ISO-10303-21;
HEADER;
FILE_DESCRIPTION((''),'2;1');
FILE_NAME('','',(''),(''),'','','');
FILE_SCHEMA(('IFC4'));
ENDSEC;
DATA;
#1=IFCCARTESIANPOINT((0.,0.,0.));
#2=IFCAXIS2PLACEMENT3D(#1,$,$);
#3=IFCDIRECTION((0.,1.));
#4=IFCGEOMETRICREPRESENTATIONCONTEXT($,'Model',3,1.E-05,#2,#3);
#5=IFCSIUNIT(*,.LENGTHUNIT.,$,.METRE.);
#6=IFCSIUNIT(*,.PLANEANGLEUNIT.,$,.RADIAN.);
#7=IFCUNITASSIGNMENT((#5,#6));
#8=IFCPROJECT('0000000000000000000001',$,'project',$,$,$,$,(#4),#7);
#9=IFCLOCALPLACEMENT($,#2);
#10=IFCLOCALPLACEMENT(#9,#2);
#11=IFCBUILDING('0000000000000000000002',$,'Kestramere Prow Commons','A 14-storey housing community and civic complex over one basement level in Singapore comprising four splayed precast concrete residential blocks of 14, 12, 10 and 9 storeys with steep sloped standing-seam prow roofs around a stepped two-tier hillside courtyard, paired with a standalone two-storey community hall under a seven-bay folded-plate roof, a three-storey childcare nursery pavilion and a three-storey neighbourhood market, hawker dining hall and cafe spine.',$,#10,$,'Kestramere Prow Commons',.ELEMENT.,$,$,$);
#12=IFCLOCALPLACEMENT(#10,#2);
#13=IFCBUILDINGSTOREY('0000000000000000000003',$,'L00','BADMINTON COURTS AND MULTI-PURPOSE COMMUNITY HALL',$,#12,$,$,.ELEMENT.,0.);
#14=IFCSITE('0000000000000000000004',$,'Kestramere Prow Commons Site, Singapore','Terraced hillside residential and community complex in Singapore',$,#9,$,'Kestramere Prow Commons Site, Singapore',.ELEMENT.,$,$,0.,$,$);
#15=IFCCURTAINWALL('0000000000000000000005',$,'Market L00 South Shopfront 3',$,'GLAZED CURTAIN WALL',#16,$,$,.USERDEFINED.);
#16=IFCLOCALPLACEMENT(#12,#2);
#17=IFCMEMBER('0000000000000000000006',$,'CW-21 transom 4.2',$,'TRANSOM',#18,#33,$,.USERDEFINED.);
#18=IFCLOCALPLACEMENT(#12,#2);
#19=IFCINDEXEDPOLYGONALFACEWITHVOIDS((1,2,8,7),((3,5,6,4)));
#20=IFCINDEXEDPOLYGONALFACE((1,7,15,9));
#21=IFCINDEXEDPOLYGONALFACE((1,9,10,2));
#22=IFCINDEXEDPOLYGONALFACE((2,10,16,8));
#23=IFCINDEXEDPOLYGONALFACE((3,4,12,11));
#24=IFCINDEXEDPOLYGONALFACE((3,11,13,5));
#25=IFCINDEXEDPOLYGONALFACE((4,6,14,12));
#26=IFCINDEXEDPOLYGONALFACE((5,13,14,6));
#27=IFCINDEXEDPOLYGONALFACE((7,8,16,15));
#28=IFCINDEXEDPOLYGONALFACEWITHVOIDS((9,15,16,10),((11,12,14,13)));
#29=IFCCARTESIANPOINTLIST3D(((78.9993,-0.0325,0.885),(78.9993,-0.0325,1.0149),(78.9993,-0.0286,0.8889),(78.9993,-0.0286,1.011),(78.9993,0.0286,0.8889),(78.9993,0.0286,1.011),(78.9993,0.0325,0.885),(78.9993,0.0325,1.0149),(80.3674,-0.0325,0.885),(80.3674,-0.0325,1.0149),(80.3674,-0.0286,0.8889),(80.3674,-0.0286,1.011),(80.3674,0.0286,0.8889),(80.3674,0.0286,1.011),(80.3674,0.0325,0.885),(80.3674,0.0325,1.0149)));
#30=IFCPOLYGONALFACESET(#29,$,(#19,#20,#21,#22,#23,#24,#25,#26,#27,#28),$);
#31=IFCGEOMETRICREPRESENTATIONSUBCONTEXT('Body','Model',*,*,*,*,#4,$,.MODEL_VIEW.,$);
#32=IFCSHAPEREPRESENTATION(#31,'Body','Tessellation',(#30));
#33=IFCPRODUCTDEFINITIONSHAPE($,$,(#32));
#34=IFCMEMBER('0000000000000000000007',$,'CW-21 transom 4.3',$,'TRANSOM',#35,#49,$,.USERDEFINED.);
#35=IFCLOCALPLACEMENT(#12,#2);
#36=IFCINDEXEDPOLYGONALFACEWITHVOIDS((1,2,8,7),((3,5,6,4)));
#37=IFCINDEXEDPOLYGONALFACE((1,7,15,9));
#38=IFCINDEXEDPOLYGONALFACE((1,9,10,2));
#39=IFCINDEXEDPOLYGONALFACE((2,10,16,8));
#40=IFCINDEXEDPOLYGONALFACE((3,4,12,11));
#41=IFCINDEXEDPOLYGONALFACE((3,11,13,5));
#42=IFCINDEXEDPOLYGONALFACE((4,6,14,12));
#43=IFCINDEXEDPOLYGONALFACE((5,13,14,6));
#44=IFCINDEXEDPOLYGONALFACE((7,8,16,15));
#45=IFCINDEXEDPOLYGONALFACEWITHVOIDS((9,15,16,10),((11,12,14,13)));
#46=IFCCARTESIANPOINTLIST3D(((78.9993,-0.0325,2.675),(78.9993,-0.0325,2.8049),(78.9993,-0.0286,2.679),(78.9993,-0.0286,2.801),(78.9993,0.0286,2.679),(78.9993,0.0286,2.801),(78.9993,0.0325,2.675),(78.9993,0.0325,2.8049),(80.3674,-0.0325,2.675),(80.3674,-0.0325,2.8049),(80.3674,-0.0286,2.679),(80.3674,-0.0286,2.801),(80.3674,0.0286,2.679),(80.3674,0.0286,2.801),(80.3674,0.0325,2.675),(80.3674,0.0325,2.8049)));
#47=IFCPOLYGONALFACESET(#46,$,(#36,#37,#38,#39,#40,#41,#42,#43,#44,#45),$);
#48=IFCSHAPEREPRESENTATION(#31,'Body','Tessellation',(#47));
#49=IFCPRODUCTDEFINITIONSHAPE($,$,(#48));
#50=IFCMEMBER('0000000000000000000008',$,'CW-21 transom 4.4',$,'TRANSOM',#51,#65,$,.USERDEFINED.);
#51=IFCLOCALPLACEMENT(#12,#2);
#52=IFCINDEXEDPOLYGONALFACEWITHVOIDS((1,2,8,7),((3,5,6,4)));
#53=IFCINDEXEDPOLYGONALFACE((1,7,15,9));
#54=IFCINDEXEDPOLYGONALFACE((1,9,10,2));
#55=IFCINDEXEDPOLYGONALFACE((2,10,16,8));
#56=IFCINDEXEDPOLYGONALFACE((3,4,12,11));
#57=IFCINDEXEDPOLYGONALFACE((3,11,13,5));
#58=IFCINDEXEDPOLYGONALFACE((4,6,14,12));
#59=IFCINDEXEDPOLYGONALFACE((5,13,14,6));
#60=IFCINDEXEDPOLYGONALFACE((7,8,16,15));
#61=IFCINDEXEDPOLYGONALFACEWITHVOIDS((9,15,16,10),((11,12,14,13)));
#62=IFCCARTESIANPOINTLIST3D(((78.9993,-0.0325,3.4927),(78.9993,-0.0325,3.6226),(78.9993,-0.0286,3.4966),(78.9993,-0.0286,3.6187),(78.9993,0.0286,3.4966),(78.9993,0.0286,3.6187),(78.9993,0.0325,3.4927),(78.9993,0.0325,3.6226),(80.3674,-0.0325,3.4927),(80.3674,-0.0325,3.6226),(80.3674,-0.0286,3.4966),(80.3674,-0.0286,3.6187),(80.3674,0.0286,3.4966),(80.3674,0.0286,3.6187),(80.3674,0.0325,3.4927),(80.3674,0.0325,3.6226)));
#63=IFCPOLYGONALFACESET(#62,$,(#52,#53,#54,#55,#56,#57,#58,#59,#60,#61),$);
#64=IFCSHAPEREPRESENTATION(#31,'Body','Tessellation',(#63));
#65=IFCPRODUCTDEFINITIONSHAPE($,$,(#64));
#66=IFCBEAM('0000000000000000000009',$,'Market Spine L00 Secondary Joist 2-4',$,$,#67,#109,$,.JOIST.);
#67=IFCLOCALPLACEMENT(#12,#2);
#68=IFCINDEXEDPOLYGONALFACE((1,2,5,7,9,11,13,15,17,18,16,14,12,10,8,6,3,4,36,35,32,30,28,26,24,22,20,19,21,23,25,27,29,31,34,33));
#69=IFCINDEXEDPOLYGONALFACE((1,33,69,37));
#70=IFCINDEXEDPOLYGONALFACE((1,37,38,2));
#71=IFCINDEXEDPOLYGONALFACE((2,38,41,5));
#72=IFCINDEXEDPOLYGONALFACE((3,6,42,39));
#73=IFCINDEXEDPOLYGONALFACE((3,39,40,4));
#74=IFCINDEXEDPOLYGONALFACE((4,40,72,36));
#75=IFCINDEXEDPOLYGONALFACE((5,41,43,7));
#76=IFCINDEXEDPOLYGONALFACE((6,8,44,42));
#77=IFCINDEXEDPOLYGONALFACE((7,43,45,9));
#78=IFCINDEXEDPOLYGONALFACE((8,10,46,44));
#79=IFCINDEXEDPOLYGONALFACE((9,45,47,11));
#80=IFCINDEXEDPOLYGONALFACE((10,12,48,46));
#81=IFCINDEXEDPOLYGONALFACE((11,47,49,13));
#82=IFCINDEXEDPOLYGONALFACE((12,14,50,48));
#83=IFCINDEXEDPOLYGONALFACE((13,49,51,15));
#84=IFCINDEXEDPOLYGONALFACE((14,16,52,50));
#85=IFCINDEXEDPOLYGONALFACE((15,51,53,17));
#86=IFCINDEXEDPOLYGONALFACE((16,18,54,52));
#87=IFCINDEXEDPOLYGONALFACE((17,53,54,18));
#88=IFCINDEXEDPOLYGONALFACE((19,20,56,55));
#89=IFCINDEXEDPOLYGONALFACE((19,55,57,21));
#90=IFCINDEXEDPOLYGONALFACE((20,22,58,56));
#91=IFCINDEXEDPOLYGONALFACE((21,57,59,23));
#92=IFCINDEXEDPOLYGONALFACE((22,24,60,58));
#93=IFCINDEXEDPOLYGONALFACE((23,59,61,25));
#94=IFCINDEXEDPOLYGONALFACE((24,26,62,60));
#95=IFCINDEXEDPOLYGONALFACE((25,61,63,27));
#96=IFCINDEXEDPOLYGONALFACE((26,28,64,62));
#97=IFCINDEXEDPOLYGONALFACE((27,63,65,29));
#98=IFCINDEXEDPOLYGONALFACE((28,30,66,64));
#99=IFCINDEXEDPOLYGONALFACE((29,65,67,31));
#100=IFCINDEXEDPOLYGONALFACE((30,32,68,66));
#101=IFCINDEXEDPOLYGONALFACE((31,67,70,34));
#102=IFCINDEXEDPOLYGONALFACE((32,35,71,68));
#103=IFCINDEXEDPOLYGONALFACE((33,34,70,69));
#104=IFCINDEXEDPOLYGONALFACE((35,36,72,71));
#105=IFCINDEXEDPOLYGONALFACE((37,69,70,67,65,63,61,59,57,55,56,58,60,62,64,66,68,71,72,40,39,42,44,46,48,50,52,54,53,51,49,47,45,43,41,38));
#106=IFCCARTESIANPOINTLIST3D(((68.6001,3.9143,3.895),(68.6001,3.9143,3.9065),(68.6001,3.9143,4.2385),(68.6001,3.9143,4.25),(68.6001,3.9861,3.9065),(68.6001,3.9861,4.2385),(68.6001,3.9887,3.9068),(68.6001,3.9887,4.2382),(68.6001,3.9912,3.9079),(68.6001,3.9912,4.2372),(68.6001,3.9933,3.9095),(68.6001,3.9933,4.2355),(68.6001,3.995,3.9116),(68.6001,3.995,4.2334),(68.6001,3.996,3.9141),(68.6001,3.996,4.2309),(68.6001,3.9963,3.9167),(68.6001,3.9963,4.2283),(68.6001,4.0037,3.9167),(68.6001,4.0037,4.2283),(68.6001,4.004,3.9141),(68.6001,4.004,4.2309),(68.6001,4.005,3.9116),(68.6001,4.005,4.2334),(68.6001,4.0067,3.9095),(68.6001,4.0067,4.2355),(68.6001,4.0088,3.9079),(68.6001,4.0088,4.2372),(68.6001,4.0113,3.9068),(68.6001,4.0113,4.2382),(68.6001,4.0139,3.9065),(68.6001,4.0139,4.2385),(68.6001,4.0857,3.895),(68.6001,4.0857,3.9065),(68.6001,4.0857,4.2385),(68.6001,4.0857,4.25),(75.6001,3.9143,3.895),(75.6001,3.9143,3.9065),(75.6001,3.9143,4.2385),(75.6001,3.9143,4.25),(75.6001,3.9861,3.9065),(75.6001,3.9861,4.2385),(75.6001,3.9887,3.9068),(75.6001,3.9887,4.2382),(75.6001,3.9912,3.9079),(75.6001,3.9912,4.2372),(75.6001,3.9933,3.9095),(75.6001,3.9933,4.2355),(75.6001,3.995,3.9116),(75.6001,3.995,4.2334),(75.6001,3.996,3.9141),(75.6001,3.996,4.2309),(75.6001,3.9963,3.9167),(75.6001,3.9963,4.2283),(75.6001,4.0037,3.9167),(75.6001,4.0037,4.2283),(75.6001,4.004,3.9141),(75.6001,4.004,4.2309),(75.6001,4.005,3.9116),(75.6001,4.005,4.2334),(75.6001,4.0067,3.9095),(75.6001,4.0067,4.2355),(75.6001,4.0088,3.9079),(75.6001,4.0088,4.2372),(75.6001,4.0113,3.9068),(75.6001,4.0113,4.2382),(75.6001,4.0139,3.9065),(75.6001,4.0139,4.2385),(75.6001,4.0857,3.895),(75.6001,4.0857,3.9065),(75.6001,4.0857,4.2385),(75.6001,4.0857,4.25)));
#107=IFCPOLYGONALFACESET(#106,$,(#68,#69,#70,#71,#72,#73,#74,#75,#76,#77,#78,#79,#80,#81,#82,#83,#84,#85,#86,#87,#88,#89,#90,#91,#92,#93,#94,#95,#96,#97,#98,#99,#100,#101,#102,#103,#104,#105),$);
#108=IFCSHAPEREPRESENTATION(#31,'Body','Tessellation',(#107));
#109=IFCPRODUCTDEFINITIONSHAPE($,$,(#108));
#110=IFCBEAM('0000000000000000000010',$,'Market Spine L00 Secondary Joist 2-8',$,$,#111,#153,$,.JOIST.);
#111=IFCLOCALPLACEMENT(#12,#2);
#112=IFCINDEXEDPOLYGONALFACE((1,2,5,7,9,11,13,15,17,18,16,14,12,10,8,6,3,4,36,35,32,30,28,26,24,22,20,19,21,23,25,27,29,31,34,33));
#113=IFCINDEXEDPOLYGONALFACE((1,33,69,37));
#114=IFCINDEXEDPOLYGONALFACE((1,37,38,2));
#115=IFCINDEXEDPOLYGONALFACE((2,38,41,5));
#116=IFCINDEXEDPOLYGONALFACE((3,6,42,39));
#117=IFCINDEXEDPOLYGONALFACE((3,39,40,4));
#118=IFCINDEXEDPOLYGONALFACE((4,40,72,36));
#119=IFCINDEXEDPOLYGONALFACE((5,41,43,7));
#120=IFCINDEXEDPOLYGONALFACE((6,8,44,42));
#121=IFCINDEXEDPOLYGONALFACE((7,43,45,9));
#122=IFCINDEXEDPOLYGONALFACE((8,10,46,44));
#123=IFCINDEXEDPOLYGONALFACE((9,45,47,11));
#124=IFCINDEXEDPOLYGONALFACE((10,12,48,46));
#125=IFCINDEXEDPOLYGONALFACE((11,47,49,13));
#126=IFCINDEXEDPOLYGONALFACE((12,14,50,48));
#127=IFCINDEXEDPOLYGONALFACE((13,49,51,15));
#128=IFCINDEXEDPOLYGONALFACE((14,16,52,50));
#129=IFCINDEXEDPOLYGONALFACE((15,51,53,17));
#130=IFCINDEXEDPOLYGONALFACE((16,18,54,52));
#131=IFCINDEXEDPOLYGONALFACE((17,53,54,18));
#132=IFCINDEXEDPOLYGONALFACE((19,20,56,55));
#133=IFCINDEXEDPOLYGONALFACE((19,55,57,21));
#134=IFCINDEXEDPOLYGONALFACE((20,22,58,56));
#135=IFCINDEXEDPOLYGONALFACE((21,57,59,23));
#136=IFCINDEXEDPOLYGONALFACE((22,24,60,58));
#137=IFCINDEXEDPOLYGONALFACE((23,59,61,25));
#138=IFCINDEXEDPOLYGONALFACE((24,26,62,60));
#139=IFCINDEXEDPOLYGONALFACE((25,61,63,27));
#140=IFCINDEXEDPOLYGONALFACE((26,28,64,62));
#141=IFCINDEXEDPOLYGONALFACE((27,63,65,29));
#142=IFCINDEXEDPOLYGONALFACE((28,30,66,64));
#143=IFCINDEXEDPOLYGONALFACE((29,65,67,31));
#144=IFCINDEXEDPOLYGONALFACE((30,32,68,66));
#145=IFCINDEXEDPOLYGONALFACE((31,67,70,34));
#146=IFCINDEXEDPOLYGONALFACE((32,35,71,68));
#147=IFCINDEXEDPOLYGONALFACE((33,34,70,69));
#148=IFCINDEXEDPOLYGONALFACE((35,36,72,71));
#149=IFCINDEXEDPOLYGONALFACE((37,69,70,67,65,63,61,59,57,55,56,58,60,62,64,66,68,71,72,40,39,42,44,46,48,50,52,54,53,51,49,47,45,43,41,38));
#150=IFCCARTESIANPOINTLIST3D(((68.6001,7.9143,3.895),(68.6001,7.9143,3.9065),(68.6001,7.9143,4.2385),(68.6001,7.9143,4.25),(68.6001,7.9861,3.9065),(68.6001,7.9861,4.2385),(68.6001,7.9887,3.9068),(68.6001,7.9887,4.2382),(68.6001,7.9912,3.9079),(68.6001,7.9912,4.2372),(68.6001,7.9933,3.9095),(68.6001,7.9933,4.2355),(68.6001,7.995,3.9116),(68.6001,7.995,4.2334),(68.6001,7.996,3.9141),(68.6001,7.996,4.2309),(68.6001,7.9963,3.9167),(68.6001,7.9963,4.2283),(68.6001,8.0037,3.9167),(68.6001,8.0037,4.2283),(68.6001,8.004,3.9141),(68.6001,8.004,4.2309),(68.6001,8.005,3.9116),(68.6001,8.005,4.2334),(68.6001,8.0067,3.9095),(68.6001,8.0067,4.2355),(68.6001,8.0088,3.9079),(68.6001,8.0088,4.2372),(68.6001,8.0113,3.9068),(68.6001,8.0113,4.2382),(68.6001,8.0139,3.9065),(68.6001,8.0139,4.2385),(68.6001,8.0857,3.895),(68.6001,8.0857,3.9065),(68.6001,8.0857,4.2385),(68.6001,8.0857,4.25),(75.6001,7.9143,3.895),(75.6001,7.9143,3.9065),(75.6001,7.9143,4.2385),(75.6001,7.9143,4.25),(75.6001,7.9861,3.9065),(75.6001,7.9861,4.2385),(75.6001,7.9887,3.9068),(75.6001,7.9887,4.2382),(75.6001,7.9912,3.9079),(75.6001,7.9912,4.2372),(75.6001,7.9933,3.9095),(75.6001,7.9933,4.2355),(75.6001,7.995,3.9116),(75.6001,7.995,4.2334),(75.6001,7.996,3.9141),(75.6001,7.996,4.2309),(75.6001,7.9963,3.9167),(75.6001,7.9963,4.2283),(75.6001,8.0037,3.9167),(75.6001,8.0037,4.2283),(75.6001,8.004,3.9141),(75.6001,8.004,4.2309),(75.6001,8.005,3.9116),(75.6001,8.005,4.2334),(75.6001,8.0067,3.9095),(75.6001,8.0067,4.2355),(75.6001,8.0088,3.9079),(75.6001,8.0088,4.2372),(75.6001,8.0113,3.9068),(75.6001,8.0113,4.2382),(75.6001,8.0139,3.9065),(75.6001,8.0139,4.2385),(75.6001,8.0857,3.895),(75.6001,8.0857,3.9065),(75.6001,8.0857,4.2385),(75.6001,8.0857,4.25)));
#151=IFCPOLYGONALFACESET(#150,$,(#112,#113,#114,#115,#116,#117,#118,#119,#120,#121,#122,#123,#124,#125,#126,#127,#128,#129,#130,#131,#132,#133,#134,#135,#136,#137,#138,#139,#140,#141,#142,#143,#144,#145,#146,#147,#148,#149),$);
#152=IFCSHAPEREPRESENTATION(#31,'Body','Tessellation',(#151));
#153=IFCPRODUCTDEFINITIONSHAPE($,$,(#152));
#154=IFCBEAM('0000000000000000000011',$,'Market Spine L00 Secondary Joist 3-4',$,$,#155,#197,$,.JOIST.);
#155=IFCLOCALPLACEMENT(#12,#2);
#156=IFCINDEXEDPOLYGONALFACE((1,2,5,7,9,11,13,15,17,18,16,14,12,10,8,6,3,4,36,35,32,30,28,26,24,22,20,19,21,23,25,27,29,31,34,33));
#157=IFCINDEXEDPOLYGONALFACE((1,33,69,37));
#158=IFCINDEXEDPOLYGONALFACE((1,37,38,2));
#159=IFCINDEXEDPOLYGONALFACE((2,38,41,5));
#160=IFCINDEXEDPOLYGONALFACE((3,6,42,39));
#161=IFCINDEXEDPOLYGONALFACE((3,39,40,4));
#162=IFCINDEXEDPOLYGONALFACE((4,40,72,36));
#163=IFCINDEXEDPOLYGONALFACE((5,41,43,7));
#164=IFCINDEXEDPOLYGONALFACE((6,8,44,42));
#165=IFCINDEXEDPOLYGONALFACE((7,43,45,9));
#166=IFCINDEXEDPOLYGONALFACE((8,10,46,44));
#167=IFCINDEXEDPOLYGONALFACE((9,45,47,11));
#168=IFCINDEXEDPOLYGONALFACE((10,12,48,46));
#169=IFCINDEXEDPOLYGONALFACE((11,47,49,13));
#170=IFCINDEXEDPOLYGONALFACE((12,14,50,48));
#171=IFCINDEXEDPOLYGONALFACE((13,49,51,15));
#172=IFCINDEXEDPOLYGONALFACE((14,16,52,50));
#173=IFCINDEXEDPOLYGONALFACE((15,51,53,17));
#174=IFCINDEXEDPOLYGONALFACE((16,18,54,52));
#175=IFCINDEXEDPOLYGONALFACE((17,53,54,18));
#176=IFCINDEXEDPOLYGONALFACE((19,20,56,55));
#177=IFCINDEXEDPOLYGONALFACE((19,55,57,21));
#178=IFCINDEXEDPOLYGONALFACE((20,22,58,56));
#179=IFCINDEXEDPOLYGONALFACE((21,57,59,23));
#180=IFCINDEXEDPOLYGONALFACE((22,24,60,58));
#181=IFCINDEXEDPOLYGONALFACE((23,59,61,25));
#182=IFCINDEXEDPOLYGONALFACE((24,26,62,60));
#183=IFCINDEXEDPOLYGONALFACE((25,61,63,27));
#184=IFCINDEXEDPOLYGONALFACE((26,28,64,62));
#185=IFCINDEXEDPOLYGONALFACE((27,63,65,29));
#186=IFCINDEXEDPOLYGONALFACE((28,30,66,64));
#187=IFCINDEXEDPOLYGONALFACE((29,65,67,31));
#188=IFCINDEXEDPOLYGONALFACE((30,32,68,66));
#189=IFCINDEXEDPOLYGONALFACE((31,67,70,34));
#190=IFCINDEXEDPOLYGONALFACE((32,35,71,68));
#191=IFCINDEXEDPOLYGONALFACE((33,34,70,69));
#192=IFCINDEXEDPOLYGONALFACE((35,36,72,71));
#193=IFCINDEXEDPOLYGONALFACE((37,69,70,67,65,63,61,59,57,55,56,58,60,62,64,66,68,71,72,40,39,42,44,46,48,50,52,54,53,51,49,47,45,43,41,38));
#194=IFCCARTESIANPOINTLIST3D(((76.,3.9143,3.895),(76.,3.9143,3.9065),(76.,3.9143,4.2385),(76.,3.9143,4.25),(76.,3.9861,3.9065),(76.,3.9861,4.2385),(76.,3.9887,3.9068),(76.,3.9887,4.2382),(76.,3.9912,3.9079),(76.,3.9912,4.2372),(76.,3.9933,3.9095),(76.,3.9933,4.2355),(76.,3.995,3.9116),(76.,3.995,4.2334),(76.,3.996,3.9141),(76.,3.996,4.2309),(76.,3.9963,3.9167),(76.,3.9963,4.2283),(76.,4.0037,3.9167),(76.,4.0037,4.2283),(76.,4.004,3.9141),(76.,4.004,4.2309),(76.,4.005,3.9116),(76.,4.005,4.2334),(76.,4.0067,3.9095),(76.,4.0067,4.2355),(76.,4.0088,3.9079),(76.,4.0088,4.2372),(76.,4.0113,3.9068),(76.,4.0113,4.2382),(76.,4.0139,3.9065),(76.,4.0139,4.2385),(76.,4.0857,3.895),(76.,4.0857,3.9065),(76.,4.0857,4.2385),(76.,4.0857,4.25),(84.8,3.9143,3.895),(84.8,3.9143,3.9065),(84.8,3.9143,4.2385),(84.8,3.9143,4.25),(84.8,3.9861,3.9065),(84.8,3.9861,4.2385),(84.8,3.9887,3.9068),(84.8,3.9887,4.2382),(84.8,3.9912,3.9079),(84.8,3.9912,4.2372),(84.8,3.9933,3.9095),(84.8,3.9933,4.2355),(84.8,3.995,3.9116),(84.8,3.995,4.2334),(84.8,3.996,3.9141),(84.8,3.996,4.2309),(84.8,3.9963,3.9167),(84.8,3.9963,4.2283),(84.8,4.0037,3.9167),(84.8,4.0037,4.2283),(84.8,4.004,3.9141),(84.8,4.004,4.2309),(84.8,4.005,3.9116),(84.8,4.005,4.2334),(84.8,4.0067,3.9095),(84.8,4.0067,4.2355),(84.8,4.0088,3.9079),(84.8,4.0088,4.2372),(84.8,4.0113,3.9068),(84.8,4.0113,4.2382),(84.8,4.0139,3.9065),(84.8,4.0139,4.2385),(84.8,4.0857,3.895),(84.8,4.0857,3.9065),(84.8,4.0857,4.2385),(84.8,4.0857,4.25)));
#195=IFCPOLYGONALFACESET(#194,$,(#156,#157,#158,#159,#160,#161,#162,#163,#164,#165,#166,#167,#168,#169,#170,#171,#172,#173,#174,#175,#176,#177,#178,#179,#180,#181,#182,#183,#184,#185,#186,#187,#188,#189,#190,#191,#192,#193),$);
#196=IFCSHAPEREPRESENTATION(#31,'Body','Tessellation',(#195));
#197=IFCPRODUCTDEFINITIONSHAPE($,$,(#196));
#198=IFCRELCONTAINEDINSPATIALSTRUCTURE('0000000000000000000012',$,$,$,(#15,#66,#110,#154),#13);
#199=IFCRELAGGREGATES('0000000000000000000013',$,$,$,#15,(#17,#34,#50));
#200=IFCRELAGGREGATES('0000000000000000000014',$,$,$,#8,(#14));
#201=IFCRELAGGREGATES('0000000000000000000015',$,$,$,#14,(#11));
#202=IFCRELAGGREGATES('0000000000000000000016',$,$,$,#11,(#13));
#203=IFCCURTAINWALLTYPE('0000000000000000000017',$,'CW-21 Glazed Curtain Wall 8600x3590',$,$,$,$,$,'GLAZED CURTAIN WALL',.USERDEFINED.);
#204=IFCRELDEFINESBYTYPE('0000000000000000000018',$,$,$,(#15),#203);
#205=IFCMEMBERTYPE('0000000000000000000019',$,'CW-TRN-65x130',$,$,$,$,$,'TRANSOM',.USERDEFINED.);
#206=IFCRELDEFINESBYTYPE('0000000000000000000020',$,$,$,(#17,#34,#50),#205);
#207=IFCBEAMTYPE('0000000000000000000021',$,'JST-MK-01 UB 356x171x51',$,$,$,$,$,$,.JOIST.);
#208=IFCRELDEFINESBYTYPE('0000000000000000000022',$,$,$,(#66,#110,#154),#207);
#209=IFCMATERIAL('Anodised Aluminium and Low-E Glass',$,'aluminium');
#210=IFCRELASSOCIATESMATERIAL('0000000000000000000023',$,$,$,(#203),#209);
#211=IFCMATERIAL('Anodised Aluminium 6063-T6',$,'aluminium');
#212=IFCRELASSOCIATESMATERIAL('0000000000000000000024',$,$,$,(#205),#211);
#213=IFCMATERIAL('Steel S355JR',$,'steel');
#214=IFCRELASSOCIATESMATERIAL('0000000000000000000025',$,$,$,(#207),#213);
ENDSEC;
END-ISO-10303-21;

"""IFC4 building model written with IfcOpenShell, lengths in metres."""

from ifc_helpers import new_model, si_unit, direction, frame, origin, origin_2d, place, context, subcontext, project, spatial, hollow_rectangle, i_section, extrude, material, material_profile, profile_set, type_object, element, aggregate, save


model = new_model("IFC4")

# Units and contexts
model_context = context("Model", 3, precision=1e-05, world=origin(), true_north=direction((0.0, 1.0)))
body_context = subcontext(model_context, "Body", "Model", "MODEL_VIEW")
ifc_project = project(units=[si_unit("LENGTHUNIT", "METRE"), si_unit("PLANEANGLEUNIT", "RADIAN")], contexts=[model_context])

# Site, building, storey
site_placement = place(None, origin())
site = spatial("IfcSite", under=ifc_project, at=site_placement, Name="Kestramere Prow Commons Site, Singapore", Description="Terraced hillside residential and community complex in Singapore", LongName="Kestramere Prow Commons Site, Singapore", CompositionType="ELEMENT", RefElevation=0.0)
building_placement = place(site_placement, origin())
building = spatial("IfcBuilding", under=site, at=building_placement, Name="Kestramere Prow Commons", Description="A 14-storey housing community and civic complex over one basement level in Singapore comprising four splayed precast concrete residential blocks of 14, 12, 10 and 9 storeys with steep sloped standing-seam prow roofs around a stepped two-tier hillside courtyard, paired with a standalone two-storey community hall under a seven-bay folded-plate roof, a three-storey childcare nursery pavilion and a three-storey neighbourhood market, hawker dining hall and cafe spine.", LongName="Kestramere Prow Commons", CompositionType="ELEMENT")
storey_placement = place(building_placement, origin())
storey = spatial("IfcBuildingStorey", under=building, at=storey_placement, Name="L00", Description="BADMINTON COURTS AND MULTI-PURPOSE COMMUNITY HALL", CompositionType="ELEMENT", Elevation=0.0)

# Curtain wall, members
ifc_material_1 = material(Name="Anodised Aluminium and Low-E Glass", Category="aluminium")
curtain_wall_type = type_object("IfcCurtainWallType", Name="CW-21 Glazed Curtain Wall 8600x3590", ElementType="GLAZED CURTAIN WALL", PredefinedType="USERDEFINED", material=ifc_material_1)
curtain_wall_placement = place(storey_placement, origin())
curtain_wall = element("IfcCurtainWall", 1, at=curtain_wall_placement, inside=storey, type_object=curtain_wall_type, Name="Market L00 South Shopfront 3", ObjectType="GLAZED CURTAIN WALL", PredefinedType="USERDEFINED")
ifc_material_2 = material(Name="Anodised Aluminium 6063-T6", Category="aluminium")
ifc_material_profile_1 = material_profile(ifc_material_2, hollow_rectangle(XDim=0.0649, YDim=0.1299, WallThickness=0.0039, at=origin_2d()), Name="ALU-TRN 65x130")
ifc_profile_set_1 = profile_set([ifc_material_profile_1], Name="Anodised Aluminium 6063-T6")
member_type_1 = type_object("IfcMemberType", Name="CW-TRN-65x130", ElementType="TRANSOM", PredefinedType="USERDEFINED", material=ifc_profile_set_1)
member_1_placement = place(storey_placement, frame((80.3674, 0.0, 0.95), z_axis=(-1.0, 0.0, 0.0), x_axis=(0.0, -1.0, 0.0)))
member_1 = element("IfcMember", 2, at=member_1_placement, type_object=member_type_1, Name="CW-21 transom 4.2", ObjectType="TRANSOM", PredefinedType="USERDEFINED", context=body_context, shape_type="SweptSolid", body=[
    extrude(hollow_rectangle(XDim=0.0649, YDim=0.1299, WallThickness=0.0039, at=origin_2d()), origin(), (0.0, 0.0, 1.0), 1.3682),
])
member_2_placement = place(storey_placement, frame((80.3674, 0.0, 2.74), z_axis=(-1.0, 0.0, 0.0), x_axis=(0.0, -1.0, 0.0)))
member_2 = element("IfcMember", 3, at=member_2_placement, type_object=member_type_1, Name="CW-21 transom 4.3", ObjectType="TRANSOM", PredefinedType="USERDEFINED", context=body_context, shape_type="SweptSolid", body=[
    extrude(hollow_rectangle(XDim=0.0649, YDim=0.1299, WallThickness=0.0039, at=origin_2d()), origin(), (0.0, 0.0, 1.0), 1.3682),
])
member_3_placement = place(storey_placement, frame((80.3674, 0.0, 3.5576), z_axis=(-1.0, 0.0, 0.0), x_axis=(0.0, -1.0, 0.0)))
member_3 = element("IfcMember", 4, at=member_3_placement, type_object=member_type_1, Name="CW-21 transom 4.4", ObjectType="TRANSOM", PredefinedType="USERDEFINED", context=body_context, shape_type="SweptSolid", body=[
    extrude(hollow_rectangle(XDim=0.0649, YDim=0.1299, WallThickness=0.0039, at=origin_2d()), origin(), (0.0, 0.0, 1.0), 1.3682),
])

# Beams
ifc_material_3 = material(Name="Steel S355JR", Category="steel")
ifc_material_profile_2 = material_profile(ifc_material_3, i_section(OverallWidth=0.1714, OverallDepth=0.355, WebThickness=0.0073, FlangeThickness=0.0115, FilletRadius=0.0103, at=origin_2d()), Name="UB 356x171x51")
ifc_profile_set_2 = profile_set([ifc_material_profile_2], Name="Steel S355JR")
beam_type_1 = type_object("IfcBeamType", Name="JST-MK-01 UB 356x171x51", PredefinedType="JOIST", material=ifc_profile_set_2)
for number, where, z_axis, x_axis, name in (
    (5, (68.6001, 4.0, 4.0725), (1.0, 0.0, 0.0), (0.0, 1.0, 0.0), "Market Spine L00 Secondary Joist 2-4"),
    (6, (68.6001, 8.0, 4.0725), (1.0, 0.0, 0.0), (0.0, 1.0, 0.0), "Market Spine L00 Secondary Joist 2-8"),
):
    element("IfcBeam", number, at=place(storey_placement, frame(where, z_axis=z_axis, x_axis=x_axis)), inside=storey, type_object=beam_type_1, Name=name, PredefinedType="JOIST", context=body_context, shape_type="SweptSolid", body=[
        extrude(i_section(OverallWidth=0.1714, OverallDepth=0.355, WebThickness=0.0073, FlangeThickness=0.0115, FilletRadius=0.0103, at=origin_2d()), origin(), (0.0, 0.0, 1.0), 7.0),
    ])
for number, where, z_axis, x_axis, name in (
    (7, (76.0, 4.0, 4.0725), (1.0, 0.0, 0.0), (0.0, 1.0, 0.0), "Market Spine L00 Secondary Joist 3-4"),
):
    element("IfcBeam", number, at=place(storey_placement, frame(where, z_axis=z_axis, x_axis=x_axis)), inside=storey, type_object=beam_type_1, Name=name, PredefinedType="JOIST", context=body_context, shape_type="SweptSolid", body=[
        extrude(i_section(OverallWidth=0.1714, OverallDepth=0.355, WebThickness=0.0073, FlangeThickness=0.0115, FilletRadius=0.0103, at=origin_2d()), origin(), (0.0, 0.0, 1.0), 8.8),
    ])

aggregate(curtain_wall, [member_1, member_2, member_3])

save(model, "model.ifc")
